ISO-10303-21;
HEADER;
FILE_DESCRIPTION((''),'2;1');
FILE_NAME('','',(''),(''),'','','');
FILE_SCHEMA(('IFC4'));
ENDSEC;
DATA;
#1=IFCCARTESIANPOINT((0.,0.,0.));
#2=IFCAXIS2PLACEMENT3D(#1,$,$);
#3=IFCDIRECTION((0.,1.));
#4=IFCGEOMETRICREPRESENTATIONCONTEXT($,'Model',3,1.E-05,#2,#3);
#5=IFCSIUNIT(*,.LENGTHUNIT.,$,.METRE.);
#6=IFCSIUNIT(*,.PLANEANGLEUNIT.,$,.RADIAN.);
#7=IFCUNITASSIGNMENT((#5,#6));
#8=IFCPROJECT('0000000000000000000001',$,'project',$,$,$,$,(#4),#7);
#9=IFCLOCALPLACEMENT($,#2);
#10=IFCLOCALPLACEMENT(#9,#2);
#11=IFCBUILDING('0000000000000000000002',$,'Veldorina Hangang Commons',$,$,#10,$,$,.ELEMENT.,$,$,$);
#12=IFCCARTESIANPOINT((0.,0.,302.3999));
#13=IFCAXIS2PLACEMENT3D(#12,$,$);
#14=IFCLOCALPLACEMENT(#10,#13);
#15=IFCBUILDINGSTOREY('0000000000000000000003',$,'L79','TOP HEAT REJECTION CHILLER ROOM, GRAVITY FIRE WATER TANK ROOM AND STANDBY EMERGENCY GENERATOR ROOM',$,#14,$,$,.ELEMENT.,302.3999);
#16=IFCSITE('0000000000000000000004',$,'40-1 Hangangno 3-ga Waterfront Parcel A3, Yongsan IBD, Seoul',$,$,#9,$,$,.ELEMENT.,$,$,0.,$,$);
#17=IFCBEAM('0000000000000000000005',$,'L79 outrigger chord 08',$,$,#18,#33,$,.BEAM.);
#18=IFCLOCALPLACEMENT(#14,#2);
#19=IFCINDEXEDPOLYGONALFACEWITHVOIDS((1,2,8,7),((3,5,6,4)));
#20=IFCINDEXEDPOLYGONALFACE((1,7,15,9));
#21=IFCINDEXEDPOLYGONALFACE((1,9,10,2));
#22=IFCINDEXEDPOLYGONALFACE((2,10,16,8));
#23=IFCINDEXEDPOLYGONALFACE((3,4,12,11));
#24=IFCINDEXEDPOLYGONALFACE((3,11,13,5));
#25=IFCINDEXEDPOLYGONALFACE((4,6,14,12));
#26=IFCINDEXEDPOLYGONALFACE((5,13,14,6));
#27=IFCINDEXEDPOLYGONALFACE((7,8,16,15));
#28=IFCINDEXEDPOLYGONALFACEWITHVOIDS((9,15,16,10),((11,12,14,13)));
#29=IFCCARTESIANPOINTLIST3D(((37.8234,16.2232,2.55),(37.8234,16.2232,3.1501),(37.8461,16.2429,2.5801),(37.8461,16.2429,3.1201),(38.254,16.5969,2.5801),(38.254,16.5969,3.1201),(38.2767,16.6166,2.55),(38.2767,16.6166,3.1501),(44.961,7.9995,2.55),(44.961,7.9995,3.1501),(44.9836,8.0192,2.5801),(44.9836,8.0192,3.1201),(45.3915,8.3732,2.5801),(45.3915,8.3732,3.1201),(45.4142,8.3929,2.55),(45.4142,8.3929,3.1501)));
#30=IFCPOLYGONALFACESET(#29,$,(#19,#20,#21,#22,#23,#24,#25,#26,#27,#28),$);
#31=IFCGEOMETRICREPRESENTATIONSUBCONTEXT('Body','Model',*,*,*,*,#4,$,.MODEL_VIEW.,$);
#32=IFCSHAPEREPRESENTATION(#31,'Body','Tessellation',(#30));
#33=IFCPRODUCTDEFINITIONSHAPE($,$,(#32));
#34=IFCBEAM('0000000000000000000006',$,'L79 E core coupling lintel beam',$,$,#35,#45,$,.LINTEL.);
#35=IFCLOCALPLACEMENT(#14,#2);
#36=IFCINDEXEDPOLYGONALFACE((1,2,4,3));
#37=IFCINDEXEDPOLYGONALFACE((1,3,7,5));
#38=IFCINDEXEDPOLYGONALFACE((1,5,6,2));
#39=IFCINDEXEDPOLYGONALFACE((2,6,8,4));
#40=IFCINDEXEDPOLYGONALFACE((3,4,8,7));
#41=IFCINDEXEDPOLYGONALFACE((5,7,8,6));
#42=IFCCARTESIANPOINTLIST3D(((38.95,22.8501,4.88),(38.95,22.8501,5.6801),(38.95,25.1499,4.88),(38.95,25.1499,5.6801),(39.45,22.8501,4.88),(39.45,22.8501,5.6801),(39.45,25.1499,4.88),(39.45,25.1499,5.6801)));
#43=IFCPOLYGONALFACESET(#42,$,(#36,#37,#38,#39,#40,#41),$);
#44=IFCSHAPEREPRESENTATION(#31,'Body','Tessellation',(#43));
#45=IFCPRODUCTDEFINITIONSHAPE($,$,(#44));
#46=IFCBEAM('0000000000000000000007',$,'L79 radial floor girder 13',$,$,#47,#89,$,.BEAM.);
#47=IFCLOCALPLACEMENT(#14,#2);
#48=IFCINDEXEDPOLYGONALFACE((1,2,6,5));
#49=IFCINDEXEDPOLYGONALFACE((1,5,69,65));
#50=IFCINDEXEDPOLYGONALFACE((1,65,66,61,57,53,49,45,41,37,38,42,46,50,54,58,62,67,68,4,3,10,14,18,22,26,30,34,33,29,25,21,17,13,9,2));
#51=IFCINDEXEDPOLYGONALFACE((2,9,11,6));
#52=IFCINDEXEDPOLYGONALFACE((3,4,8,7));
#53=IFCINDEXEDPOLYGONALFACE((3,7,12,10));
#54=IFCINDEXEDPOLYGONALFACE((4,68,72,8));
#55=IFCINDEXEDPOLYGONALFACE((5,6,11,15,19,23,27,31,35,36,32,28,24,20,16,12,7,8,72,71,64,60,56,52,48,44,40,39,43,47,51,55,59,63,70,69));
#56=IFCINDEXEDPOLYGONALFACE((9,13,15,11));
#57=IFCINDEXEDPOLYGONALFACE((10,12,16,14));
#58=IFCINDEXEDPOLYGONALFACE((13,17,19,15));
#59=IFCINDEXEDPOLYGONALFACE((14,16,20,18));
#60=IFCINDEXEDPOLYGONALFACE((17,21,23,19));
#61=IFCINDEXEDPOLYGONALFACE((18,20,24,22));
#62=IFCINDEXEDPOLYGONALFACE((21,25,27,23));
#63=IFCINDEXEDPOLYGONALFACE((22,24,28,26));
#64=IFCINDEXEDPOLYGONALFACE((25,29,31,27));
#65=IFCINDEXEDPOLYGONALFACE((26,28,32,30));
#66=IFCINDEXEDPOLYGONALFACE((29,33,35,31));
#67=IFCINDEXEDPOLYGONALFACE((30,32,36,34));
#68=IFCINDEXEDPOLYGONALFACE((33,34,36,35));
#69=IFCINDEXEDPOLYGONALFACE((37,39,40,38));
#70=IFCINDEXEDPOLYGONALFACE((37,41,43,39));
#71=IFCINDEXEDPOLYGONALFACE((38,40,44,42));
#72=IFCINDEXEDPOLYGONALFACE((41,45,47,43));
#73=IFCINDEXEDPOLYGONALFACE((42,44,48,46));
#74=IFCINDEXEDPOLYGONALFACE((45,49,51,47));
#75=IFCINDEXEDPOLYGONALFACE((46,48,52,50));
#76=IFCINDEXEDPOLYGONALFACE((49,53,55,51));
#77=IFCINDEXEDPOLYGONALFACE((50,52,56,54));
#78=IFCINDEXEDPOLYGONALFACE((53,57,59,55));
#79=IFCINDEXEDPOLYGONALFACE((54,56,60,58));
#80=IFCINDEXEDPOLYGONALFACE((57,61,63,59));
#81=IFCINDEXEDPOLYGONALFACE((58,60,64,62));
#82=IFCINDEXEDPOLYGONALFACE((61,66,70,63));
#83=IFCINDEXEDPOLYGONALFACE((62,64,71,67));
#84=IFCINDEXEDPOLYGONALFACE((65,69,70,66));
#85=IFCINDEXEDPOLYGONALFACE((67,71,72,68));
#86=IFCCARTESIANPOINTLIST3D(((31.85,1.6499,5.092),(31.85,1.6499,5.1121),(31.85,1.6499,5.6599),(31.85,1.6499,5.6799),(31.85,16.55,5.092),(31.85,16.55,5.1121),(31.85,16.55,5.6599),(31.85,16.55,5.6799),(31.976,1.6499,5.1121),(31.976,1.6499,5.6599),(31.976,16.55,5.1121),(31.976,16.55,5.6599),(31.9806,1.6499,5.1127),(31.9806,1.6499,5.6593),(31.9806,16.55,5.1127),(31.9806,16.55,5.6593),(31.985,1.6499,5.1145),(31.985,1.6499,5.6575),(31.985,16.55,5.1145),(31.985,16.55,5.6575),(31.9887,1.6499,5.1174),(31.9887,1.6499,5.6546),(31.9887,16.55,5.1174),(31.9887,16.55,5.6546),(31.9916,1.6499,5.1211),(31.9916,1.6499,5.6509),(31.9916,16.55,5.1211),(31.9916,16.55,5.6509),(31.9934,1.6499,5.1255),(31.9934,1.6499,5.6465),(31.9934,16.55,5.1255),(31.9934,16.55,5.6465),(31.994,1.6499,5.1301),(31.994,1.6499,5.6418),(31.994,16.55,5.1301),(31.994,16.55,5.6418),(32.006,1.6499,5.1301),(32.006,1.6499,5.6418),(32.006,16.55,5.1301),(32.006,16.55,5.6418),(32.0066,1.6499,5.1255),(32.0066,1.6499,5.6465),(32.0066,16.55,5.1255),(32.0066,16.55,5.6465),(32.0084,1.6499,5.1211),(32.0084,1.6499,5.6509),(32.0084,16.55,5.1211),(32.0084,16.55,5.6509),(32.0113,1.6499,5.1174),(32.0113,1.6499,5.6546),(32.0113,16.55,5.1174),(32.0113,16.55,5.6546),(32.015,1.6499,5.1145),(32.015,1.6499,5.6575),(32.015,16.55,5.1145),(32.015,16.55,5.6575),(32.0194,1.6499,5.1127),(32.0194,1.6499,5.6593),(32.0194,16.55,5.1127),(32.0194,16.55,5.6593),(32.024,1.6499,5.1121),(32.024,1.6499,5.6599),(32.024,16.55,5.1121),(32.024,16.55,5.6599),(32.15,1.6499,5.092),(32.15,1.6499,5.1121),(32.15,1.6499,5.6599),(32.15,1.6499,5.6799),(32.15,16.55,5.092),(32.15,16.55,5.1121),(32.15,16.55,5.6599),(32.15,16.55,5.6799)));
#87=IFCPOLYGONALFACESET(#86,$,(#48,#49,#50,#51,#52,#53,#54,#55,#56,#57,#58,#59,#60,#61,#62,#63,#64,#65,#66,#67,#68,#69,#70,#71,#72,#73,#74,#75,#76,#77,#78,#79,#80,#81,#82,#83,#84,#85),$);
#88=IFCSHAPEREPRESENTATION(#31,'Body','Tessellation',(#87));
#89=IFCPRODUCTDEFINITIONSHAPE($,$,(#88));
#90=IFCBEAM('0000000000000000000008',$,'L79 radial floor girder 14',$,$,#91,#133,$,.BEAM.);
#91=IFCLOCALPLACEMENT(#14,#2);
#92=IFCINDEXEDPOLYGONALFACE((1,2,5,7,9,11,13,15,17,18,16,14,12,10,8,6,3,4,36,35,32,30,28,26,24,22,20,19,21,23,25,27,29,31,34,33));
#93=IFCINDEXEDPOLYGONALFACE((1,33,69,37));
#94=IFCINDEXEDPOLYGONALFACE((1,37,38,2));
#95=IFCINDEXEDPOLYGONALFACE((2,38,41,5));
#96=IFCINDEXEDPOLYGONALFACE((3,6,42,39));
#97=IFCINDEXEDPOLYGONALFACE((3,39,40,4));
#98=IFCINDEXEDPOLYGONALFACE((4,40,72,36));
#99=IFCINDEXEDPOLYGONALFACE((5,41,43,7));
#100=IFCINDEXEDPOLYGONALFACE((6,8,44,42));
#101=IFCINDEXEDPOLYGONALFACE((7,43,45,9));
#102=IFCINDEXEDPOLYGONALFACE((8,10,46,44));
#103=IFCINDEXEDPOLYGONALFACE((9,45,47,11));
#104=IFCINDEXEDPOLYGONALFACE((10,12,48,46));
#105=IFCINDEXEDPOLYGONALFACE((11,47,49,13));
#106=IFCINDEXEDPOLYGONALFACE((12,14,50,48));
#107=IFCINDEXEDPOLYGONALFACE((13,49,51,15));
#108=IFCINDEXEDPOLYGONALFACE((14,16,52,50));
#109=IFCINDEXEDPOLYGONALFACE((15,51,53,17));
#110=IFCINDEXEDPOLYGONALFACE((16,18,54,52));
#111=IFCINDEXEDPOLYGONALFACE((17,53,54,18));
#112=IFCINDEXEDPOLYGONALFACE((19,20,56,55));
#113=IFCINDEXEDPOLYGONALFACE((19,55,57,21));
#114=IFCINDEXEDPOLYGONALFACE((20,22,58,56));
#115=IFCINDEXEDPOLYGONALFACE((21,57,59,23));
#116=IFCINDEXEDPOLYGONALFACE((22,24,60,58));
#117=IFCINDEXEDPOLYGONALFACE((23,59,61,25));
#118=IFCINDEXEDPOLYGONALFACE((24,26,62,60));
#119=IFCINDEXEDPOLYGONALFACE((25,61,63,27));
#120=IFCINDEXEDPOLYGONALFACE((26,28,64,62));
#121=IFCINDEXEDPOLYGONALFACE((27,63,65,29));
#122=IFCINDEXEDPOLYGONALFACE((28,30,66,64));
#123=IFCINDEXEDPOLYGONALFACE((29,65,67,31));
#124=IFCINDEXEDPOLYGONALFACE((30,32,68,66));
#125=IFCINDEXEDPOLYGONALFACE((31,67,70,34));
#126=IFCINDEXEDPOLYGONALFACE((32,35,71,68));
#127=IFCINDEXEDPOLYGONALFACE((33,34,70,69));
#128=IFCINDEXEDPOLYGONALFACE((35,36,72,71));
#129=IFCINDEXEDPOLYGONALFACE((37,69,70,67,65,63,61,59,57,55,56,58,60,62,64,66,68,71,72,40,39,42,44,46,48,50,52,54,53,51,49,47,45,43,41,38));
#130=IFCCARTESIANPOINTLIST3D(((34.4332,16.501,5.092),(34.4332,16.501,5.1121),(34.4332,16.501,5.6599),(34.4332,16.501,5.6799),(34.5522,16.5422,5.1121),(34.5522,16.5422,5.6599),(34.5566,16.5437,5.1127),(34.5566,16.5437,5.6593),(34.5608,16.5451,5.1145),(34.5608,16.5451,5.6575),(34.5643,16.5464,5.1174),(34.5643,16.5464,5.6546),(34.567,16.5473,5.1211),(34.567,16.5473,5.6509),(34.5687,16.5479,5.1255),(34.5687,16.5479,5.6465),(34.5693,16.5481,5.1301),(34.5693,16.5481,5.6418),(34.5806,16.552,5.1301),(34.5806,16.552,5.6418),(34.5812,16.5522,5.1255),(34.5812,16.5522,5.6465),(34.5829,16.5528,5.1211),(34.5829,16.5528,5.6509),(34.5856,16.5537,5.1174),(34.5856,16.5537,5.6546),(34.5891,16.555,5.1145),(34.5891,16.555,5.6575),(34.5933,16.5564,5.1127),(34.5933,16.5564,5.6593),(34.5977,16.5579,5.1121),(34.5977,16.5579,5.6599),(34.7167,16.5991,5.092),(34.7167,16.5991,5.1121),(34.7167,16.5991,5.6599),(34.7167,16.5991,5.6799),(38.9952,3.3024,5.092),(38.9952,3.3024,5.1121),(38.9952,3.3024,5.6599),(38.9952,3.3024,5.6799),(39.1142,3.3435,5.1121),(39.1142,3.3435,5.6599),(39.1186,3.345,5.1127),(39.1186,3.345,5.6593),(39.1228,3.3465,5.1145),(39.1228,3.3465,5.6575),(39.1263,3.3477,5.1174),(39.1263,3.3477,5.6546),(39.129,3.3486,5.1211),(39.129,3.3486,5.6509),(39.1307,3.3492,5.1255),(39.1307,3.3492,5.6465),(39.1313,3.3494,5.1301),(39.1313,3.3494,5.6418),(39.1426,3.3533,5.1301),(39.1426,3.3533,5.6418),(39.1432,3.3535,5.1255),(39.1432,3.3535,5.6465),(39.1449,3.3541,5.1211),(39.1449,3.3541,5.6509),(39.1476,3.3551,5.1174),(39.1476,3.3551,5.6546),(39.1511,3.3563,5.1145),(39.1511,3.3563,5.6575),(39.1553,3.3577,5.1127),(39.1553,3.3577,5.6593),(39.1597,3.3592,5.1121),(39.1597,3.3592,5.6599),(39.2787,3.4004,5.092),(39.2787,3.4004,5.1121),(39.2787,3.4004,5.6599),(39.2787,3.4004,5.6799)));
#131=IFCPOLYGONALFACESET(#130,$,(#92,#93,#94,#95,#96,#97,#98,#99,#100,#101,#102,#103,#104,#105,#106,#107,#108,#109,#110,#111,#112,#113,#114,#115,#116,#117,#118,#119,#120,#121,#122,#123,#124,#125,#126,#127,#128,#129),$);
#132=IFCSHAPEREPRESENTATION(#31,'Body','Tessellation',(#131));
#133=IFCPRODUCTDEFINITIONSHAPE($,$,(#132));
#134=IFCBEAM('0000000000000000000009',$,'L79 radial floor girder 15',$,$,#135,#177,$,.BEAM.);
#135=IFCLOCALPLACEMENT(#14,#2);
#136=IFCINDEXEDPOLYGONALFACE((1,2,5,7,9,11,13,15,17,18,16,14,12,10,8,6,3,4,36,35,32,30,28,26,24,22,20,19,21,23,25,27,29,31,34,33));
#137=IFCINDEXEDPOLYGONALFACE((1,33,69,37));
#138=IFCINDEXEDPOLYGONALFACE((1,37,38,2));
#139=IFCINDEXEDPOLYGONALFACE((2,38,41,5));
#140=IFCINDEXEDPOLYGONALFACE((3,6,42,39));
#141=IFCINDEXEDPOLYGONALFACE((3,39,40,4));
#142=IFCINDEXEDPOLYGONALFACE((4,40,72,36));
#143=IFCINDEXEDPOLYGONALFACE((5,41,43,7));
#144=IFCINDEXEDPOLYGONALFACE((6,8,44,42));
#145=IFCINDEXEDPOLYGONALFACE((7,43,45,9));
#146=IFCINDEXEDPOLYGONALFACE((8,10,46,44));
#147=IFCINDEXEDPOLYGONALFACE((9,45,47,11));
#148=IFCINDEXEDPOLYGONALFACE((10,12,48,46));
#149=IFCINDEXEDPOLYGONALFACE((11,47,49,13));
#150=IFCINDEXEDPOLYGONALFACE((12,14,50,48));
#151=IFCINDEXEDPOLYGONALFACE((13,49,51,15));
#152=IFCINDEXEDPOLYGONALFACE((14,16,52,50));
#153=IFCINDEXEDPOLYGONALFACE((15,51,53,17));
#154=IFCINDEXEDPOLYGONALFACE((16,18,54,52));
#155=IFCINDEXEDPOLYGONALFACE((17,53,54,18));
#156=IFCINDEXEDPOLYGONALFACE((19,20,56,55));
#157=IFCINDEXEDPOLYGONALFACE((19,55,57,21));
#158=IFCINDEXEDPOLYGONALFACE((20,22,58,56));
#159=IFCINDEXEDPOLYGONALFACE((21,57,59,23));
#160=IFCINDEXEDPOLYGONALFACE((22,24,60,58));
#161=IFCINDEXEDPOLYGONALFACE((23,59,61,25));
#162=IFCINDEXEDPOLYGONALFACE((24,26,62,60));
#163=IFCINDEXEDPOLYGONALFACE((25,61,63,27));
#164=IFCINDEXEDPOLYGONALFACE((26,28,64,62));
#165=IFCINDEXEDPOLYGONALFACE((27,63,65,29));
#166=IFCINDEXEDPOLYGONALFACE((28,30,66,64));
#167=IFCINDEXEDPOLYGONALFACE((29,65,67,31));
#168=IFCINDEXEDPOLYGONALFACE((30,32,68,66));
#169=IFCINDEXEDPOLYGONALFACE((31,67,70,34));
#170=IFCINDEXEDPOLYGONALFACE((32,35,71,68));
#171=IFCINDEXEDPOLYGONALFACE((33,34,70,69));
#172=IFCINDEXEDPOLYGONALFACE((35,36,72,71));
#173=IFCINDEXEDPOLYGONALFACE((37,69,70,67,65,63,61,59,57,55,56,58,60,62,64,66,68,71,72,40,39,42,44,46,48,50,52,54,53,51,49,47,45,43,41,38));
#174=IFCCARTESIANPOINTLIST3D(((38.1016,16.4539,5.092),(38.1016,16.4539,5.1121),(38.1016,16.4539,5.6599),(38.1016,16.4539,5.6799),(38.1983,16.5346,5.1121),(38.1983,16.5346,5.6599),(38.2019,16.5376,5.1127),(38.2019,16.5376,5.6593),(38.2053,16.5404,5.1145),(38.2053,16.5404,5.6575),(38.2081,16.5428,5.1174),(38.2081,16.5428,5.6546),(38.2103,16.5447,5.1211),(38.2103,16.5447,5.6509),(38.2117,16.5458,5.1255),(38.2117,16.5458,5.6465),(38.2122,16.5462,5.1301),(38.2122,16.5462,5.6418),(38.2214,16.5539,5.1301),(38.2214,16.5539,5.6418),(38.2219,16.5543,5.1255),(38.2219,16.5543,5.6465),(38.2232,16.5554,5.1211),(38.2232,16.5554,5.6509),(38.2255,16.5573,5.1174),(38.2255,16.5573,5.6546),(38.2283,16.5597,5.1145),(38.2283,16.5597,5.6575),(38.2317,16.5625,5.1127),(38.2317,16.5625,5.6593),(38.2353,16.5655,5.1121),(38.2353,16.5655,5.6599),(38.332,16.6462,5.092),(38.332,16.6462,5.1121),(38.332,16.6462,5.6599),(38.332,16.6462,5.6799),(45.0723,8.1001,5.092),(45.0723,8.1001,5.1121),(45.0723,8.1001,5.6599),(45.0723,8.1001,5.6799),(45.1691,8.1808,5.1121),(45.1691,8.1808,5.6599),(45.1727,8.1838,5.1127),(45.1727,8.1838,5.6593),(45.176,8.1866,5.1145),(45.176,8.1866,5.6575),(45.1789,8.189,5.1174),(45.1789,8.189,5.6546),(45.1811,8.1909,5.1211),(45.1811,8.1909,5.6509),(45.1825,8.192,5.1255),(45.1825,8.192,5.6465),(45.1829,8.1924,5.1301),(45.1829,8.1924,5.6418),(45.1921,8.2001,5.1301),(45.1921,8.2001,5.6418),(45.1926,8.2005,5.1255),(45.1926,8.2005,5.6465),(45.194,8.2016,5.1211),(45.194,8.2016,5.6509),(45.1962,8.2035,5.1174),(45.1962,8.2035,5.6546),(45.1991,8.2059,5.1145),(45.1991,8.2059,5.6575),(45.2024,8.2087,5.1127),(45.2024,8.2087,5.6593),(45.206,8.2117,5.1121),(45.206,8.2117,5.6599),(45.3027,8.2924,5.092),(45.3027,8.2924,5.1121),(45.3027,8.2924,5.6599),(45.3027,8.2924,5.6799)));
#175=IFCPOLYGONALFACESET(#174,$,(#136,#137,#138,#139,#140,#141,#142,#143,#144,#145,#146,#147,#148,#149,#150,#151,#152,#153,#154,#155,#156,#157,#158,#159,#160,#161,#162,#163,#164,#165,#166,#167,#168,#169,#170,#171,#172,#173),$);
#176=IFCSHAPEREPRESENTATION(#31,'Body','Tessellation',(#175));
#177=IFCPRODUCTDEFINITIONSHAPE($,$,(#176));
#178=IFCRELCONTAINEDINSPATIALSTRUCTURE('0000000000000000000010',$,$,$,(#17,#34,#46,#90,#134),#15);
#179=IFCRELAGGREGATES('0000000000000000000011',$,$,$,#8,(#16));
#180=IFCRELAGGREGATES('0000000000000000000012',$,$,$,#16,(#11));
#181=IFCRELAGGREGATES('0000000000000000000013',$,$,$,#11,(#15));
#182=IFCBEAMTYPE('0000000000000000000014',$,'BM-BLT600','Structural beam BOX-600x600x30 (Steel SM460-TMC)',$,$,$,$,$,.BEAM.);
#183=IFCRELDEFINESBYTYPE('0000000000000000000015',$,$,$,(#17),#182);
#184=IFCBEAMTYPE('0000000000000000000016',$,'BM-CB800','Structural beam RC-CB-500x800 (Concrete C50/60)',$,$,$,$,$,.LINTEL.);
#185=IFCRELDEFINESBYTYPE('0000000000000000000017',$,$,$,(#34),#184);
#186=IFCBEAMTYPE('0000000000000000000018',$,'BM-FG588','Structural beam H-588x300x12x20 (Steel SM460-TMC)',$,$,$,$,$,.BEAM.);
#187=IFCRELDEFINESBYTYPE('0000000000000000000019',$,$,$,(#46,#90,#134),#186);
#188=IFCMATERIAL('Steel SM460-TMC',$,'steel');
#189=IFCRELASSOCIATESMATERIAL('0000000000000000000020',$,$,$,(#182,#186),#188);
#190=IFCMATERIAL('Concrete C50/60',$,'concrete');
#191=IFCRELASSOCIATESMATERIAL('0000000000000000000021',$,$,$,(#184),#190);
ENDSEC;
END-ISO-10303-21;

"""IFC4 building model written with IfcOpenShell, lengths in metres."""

from ifc_helpers import new_model, si_unit, direction, frame, origin, origin_2d, place, context, subcontext, project, spatial, rectangle, hollow_rectangle, i_section, extrude, material, material_profile, profile_set, type_object, element, save


model = new_model("IFC4")

# Units and contexts
model_context = context("Model", 3, precision=1e-05, world=origin(), true_north=direction((0.0, 1.0)))
body_context = subcontext(model_context, "Body", "Model", "MODEL_VIEW")
ifc_project = project(units=[si_unit("LENGTHUNIT", "METRE"), si_unit("PLANEANGLEUNIT", "RADIAN")], contexts=[model_context])

# Site, building, storey
site_placement = place(None, origin())
site = spatial("IfcSite", under=ifc_project, at=site_placement, Name="40-1 Hangangno 3-ga Waterfront Parcel A3, Yongsan IBD, Seoul", CompositionType="ELEMENT", RefElevation=0.0)
building_placement = place(site_placement, origin())
building = spatial("IfcBuilding", under=site, at=building_placement, Name="Veldorina Hangang Commons", CompositionType="ELEMENT")
storey_placement = place(building_placement, frame((0.0, 0.0, 302.3999)))
storey = spatial("IfcBuildingStorey", under=building, at=storey_placement, Name="L79", Description="TOP HEAT REJECTION CHILLER ROOM, GRAVITY FIRE WATER TANK ROOM AND STANDBY EMERGENCY GENERATOR ROOM", CompositionType="ELEMENT", Elevation=302.3999)

# Beams
ifc_material_1 = material(Name="Steel SM460-TMC", Category="steel")
ifc_material_profile_1 = material_profile(ifc_material_1, hollow_rectangle(XDim=0.6001, YDim=0.6001, WallThickness=0.03, at=origin_2d()), Name="BOX-600x600x30")
ifc_profile_set_1 = profile_set([ifc_material_profile_1], Name="Steel SM460-TMC")
beam_type_1 = type_object("IfcBeamType", Name="BM-BLT600", Description="Structural beam BOX-600x600x30 (Steel SM460-TMC)", PredefinedType="BEAM", material=ifc_profile_set_1)
beam_1_placement = place(storey_placement, frame((38.05, 16.4199, 2.8501), z_axis=(0.655471, -0.755221, 0.0), x_axis=(0.755221, 0.655471, 0.0)))
element("IfcBeam", 1, at=beam_1_placement, inside=storey, type_object=beam_type_1, Name="L79 outrigger chord 08", PredefinedType="BEAM", context=body_context, shape_type="SweptSolid", body=[
    extrude(hollow_rectangle(XDim=0.6001, YDim=0.6001, WallThickness=0.03, at=origin_2d()), origin(), (0.0, 0.0, 1.0), 10.8892),
])
ifc_material_2 = material(Name="Concrete C50/60", Category="concrete")
ifc_material_profile_2 = material_profile(ifc_material_2, rectangle(XDim=0.5, YDim=0.8, at=origin_2d()), Name="RC-CB-500x800")
ifc_profile_set_2 = profile_set([ifc_material_profile_2], Name="Concrete C50/60")
beam_type_2 = type_object("IfcBeamType", Name="BM-CB800", Description="Structural beam RC-CB-500x800 (Concrete C50/60)", PredefinedType="LINTEL", material=ifc_profile_set_2)
beam_2_placement = place(storey_placement, frame((39.2, 22.8501, 5.28), z_axis=(0.0, 1.0, 0.0), x_axis=(-1.0, 0.0, 0.0)))
element("IfcBeam", 2, at=beam_2_placement, inside=storey, type_object=beam_type_2, Name="L79 E core coupling lintel beam", PredefinedType="LINTEL", context=body_context, shape_type="SweptSolid", body=[
    extrude(rectangle(XDim=0.5, YDim=0.8, at=origin_2d()), origin(), (0.0, 0.0, 1.0), 2.2998),
])
ifc_material_profile_3 = material_profile(ifc_material_1, i_section(OverallWidth=0.3, OverallDepth=0.5879, WebThickness=0.012, FlangeThickness=0.02, FilletRadius=0.0181, at=origin_2d()), Name="H-588x300x12x20")
ifc_profile_set_3 = profile_set([ifc_material_profile_3], Name="Steel SM460-TMC")
beam_type_3 = type_object("IfcBeamType", Name="BM-FG588", Description="Structural beam H-588x300x12x20 (Steel SM460-TMC)", PredefinedType="BEAM", material=ifc_profile_set_3)
beam_3_placement = place(storey_placement, frame((32.0, 16.55, 5.386), z_axis=(0.0, -1.0, 0.0), x_axis=(1.0, 0.0, 0.0)))
element("IfcBeam", 3, at=beam_3_placement, inside=storey, type_object=beam_type_3, Name="L79 radial floor girder 13", PredefinedType="BEAM", context=body_context, shape_type="SweptSolid", body=[
    extrude(i_section(OverallWidth=0.3, OverallDepth=0.5879, WebThickness=0.012, FlangeThickness=0.02, FilletRadius=0.0181, at=origin_2d()), origin(), (0.0, 0.0, 1.0), 14.9001),
])
beam_4_placement = place(storey_placement, frame((34.575, 16.55, 5.386), z_axis=(0.326677, -0.945136, 0.0), x_axis=(0.945136, 0.326677, 0.0)))
element("IfcBeam", 4, at=beam_4_placement, inside=storey, type_object=beam_type_3, Name="L79 radial floor girder 14", PredefinedType="BEAM", context=body_context, shape_type="SweptSolid", body=[
    extrude(i_section(OverallWidth=0.3, OverallDepth=0.5879, WebThickness=0.012, FlangeThickness=0.02, FilletRadius=0.0181, at=origin_2d()), origin(), (0.0, 0.0, 1.0), 13.9648),
])
beam_5_placement = place(storey_placement, frame((38.2168, 16.55, 5.386), z_axis=(0.640685, -0.767804, 0.0), x_axis=(0.767804, 0.640685, 0.0)))
element("IfcBeam", 5, at=beam_5_placement, inside=storey, type_object=beam_type_3, Name="L79 radial floor girder 15", PredefinedType="BEAM", context=body_context, shape_type="SweptSolid", body=[
    extrude(i_section(OverallWidth=0.3, OverallDepth=0.5879, WebThickness=0.012, FlangeThickness=0.02, FilletRadius=0.0181, at=origin_2d()), origin(), (0.0, 0.0, 1.0), 10.8801),
])

save(model, "model.ifc")
